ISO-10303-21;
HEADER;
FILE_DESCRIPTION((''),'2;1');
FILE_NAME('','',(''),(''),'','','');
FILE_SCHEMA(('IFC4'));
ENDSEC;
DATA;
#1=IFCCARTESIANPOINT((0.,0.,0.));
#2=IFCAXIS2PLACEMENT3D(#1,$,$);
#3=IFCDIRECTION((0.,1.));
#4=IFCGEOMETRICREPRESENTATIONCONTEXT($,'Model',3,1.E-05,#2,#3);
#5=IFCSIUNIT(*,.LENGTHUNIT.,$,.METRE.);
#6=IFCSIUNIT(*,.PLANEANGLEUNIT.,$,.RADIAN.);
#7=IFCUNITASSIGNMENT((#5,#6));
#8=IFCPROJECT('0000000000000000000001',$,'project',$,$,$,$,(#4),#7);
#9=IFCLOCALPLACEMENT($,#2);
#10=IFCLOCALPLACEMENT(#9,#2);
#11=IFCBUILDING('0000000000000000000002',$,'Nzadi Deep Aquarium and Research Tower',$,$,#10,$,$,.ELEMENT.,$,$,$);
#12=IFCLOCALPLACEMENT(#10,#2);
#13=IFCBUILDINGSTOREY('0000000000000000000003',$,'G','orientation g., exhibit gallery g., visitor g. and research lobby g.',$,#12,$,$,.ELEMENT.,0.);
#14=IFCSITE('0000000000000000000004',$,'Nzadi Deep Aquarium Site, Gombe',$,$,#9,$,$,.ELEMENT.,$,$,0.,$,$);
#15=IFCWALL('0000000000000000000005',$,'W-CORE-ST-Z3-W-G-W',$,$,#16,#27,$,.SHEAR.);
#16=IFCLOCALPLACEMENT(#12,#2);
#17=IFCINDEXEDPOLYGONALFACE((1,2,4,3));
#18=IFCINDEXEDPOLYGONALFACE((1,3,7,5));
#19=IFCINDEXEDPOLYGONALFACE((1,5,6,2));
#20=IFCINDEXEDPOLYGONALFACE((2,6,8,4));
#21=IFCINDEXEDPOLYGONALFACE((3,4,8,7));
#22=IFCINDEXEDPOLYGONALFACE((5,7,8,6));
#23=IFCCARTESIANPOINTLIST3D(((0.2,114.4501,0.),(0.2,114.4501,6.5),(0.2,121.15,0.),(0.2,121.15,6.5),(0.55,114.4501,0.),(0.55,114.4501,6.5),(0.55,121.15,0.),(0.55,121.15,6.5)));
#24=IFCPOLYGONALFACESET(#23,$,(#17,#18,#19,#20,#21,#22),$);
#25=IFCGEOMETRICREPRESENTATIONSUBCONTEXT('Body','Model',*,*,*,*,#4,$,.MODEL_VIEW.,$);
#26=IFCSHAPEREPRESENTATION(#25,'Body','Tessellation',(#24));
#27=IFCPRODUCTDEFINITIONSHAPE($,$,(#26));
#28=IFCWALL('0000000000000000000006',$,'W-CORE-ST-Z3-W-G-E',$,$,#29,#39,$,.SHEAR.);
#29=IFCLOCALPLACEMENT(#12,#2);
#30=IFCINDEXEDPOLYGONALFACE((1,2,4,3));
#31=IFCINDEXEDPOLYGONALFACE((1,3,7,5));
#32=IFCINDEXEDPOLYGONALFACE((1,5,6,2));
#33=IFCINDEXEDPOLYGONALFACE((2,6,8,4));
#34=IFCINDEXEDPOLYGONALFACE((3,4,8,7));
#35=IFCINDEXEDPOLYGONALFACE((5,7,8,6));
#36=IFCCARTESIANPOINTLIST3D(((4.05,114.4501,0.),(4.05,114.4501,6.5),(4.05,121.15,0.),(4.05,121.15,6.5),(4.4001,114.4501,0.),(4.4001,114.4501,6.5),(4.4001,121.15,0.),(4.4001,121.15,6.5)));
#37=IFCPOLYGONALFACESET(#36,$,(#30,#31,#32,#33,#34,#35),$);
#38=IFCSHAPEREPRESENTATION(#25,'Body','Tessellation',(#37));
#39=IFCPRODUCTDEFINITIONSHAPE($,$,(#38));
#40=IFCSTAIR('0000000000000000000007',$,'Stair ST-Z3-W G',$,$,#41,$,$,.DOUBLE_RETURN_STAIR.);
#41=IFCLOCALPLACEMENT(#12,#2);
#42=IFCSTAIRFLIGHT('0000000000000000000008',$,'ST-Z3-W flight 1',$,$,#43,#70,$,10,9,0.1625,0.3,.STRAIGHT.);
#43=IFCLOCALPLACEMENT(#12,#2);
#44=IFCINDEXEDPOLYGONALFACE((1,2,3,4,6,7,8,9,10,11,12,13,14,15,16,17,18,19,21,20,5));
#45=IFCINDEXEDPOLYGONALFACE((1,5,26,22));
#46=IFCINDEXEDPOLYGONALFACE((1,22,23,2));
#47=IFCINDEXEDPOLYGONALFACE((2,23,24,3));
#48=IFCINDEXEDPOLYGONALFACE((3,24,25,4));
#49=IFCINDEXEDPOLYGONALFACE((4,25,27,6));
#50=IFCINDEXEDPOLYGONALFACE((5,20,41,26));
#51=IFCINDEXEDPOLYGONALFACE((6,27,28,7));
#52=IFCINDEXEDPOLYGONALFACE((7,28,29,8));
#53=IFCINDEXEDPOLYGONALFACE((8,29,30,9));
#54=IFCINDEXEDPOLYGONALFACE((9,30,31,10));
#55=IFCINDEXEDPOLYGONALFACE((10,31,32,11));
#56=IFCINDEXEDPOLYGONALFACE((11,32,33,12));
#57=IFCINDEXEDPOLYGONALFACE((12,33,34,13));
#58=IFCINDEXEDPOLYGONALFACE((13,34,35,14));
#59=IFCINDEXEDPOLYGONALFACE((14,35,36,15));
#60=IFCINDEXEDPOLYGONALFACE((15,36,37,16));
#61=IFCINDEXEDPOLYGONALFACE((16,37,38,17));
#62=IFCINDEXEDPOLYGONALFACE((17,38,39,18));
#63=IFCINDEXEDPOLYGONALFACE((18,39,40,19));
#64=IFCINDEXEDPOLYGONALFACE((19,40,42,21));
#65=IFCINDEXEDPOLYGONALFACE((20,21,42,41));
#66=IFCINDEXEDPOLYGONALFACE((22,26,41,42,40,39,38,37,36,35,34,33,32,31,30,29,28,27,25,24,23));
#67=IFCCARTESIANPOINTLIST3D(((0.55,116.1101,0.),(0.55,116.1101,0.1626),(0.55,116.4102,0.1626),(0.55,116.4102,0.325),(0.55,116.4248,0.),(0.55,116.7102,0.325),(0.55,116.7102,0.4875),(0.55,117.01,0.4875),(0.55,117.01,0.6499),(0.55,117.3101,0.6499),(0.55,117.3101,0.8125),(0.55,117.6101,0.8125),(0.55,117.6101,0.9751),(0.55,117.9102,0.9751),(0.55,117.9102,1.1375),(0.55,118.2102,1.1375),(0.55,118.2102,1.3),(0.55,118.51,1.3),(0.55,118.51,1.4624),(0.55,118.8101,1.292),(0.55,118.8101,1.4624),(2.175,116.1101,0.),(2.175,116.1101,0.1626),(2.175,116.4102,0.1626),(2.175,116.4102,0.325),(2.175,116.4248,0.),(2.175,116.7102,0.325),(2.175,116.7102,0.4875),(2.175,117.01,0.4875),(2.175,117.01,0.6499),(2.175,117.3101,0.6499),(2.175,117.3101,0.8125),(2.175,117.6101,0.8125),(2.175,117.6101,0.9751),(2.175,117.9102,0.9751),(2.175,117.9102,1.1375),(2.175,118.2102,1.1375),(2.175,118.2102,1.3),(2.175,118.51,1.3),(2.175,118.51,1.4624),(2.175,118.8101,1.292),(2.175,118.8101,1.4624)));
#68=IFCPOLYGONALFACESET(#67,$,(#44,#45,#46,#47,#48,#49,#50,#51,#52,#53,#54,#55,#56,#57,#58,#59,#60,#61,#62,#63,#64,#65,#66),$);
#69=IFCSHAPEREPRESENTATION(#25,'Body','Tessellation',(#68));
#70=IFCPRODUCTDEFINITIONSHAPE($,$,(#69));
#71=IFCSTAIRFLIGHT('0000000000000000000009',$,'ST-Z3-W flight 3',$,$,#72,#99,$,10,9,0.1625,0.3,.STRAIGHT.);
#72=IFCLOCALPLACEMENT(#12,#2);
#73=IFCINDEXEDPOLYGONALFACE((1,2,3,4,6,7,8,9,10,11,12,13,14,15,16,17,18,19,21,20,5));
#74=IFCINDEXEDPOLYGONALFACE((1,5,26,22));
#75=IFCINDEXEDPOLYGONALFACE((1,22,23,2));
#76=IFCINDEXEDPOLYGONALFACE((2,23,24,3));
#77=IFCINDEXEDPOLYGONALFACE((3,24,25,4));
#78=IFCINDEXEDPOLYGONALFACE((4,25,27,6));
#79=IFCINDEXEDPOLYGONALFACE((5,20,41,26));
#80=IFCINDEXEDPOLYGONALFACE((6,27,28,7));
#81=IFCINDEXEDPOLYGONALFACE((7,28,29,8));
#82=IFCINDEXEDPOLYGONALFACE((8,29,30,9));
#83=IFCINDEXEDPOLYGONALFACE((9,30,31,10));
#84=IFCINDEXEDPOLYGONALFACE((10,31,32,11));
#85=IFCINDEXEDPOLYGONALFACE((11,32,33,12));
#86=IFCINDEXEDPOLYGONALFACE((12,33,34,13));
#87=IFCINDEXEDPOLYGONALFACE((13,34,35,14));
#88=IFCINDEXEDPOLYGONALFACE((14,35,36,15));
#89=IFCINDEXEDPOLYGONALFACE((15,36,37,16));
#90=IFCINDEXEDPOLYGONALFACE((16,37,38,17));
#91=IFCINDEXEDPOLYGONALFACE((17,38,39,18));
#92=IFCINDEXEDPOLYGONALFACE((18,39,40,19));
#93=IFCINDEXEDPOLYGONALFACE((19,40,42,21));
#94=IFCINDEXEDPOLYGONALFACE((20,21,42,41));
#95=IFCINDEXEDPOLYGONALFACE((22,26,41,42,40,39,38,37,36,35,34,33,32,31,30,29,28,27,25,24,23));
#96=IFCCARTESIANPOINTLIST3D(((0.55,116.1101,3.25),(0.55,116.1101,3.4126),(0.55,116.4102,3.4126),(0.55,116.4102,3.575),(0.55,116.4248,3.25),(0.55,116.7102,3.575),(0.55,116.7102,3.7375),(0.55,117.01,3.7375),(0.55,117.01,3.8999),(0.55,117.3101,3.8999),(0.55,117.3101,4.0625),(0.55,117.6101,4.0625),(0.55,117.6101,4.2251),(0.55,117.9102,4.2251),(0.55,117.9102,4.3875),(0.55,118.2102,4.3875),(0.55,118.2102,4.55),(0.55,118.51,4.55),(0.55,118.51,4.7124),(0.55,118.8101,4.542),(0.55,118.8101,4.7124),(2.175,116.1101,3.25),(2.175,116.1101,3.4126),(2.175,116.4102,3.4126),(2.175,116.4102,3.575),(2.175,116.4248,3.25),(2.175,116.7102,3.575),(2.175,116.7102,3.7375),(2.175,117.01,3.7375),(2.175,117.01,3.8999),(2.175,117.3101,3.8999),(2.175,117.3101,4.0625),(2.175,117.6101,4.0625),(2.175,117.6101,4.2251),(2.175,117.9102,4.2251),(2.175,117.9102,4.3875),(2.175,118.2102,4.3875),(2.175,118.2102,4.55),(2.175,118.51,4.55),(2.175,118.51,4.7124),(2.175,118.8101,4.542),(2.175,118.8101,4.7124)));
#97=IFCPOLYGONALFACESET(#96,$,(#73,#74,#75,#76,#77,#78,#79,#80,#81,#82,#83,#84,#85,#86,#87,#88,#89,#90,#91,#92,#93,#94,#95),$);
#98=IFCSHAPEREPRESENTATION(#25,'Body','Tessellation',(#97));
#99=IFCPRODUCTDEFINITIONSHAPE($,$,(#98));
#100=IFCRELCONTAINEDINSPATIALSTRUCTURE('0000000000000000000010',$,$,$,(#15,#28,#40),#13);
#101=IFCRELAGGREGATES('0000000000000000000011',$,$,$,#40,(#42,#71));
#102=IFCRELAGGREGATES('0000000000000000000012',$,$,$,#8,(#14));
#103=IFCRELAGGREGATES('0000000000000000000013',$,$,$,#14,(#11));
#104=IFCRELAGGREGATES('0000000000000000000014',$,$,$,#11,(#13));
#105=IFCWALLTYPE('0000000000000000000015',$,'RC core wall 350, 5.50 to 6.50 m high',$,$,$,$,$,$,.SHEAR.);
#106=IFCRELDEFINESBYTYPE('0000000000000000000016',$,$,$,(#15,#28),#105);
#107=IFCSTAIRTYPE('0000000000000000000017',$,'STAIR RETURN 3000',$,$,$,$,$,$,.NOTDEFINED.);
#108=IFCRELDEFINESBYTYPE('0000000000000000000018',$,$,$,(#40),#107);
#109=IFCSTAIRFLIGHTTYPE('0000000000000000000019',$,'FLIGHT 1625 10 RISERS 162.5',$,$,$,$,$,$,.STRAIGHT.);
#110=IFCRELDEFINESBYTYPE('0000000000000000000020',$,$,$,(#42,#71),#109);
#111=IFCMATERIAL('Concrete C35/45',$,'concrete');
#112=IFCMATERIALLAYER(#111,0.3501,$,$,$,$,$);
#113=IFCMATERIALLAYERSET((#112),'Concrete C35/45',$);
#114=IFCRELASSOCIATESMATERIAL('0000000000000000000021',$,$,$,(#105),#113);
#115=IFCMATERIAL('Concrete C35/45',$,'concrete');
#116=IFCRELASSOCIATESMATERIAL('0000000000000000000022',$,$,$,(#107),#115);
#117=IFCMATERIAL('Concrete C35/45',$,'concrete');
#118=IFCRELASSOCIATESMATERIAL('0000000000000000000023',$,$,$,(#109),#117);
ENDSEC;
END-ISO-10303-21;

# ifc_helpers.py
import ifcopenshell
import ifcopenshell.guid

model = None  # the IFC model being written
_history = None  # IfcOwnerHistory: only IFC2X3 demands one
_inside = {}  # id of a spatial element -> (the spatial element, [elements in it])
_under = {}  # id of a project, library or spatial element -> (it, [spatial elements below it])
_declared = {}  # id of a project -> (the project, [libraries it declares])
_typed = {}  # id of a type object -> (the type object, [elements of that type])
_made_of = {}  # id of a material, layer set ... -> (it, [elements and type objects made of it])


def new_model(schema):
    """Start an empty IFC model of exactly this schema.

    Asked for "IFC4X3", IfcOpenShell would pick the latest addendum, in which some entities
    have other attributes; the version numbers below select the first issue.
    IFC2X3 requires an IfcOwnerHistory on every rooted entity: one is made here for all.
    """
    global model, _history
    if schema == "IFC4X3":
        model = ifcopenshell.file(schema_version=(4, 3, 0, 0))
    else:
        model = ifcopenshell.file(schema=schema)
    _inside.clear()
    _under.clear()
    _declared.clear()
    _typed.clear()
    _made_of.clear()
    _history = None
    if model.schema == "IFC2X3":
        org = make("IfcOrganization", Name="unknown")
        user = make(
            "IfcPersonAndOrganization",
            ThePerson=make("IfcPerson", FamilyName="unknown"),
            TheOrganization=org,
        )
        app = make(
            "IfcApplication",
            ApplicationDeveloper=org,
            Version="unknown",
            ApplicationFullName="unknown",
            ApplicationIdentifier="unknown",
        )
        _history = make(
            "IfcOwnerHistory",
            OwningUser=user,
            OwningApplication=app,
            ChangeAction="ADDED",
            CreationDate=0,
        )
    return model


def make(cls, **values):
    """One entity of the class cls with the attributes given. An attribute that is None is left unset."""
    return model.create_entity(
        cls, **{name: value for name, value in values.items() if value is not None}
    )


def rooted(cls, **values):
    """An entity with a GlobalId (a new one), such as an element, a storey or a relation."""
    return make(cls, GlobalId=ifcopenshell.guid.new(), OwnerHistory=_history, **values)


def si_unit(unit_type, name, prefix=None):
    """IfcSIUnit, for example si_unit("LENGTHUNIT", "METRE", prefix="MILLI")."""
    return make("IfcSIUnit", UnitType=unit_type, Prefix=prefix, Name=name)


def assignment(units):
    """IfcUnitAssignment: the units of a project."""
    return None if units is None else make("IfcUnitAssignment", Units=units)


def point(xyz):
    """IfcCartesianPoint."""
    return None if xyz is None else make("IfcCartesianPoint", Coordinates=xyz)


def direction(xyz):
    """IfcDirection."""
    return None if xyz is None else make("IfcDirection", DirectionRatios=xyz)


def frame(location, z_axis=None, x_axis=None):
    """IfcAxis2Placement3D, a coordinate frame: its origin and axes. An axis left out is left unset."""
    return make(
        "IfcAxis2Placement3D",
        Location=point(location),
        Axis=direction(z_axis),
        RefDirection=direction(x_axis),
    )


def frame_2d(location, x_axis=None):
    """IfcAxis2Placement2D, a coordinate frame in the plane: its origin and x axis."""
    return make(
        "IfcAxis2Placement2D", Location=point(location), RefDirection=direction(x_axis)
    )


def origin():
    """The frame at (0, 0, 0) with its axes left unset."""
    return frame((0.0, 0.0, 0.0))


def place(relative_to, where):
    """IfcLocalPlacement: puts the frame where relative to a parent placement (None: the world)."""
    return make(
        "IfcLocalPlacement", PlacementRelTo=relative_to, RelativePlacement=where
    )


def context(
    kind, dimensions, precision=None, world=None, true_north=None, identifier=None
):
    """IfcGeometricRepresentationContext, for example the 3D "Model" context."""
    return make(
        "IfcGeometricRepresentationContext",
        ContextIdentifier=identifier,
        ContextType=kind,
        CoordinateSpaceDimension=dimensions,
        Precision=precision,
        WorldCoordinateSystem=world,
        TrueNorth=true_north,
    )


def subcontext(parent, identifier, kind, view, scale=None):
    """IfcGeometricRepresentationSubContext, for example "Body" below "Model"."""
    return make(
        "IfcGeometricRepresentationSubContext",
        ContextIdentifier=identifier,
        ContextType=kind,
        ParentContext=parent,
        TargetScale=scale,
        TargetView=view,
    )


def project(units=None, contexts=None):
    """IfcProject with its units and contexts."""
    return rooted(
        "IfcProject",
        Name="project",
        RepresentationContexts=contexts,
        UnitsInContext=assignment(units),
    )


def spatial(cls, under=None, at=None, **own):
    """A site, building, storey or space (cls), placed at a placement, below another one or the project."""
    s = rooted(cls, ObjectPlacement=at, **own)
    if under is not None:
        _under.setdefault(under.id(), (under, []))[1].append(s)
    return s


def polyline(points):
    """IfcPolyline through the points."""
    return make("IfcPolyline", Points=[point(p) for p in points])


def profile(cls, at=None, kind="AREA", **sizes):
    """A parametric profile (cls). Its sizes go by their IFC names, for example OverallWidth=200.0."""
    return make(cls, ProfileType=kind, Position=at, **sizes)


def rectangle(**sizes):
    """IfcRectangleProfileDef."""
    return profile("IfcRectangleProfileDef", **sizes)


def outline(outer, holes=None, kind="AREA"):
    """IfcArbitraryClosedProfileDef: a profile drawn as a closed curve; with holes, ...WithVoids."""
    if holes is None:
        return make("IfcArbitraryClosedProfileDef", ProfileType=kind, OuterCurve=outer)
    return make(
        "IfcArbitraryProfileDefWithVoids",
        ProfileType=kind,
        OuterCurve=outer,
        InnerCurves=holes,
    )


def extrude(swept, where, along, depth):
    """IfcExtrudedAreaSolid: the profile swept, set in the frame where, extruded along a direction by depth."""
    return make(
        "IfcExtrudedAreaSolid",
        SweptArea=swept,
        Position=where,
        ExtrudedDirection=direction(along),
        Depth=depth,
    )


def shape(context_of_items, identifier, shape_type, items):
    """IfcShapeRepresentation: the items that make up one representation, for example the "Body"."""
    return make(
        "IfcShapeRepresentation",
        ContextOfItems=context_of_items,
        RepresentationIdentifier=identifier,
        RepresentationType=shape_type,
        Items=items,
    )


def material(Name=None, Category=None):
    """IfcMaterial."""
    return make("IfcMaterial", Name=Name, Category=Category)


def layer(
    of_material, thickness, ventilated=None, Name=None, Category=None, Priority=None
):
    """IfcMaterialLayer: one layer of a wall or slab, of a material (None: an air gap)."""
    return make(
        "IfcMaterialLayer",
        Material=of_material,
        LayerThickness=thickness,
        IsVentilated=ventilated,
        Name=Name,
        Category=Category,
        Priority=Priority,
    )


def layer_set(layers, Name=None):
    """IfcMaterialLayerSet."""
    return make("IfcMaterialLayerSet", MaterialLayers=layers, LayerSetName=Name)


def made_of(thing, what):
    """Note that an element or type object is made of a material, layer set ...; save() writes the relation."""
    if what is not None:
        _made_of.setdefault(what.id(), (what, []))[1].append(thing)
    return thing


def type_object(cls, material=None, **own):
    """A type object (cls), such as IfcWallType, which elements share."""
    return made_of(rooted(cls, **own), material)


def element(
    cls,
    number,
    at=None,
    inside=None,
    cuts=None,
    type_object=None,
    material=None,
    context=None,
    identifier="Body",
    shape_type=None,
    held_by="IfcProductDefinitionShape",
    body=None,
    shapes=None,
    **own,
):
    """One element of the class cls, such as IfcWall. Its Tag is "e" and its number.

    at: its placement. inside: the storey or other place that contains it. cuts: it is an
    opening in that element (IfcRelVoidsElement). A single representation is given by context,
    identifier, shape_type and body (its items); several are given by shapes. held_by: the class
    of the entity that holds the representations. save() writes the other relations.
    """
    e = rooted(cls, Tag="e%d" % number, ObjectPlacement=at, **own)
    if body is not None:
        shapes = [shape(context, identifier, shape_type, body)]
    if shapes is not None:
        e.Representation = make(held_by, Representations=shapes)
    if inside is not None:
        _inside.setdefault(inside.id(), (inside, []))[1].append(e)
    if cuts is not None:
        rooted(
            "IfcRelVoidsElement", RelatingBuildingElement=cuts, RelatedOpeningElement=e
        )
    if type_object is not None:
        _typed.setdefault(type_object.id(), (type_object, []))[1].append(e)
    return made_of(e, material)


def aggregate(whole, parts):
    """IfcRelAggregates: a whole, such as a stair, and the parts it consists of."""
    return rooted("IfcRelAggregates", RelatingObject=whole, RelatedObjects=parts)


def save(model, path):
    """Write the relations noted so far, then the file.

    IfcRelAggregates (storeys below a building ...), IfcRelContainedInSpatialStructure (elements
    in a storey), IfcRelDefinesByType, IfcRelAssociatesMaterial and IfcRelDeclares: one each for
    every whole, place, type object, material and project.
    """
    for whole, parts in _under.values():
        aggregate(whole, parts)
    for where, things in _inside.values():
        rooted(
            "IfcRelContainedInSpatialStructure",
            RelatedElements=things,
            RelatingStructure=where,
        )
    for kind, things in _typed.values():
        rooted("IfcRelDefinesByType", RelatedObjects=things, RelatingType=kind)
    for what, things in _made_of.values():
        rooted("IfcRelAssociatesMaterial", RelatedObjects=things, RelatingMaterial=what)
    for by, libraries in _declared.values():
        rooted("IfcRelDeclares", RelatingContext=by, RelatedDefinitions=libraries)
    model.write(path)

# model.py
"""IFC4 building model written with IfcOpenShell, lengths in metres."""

from ifc_helpers import new_model, si_unit, direction, frame, frame_2d, origin, place, context, subcontext, project, spatial, polyline, rectangle, outline, extrude, material, layer, layer_set, type_object, element, aggregate, save


model = new_model("IFC4")

# Units and contexts
model_context = context("Model", 3, precision=1e-05, world=origin(), true_north=direction((0.0, 1.0)))
body_context = subcontext(model_context, "Body", "Model", "MODEL_VIEW")
ifc_project = project(units=[si_unit("LENGTHUNIT", "METRE"), si_unit("PLANEANGLEUNIT", "RADIAN")], contexts=[model_context])

# Site, building, storey
site_placement = place(None, origin())
site = spatial("IfcSite", under=ifc_project, at=site_placement, Name="Nzadi Deep Aquarium Site, Gombe", CompositionType="ELEMENT", RefElevation=0.0)
building_placement = place(site_placement, origin())
building = spatial("IfcBuilding", under=site, at=building_placement, Name="Nzadi Deep Aquarium and Research Tower", CompositionType="ELEMENT")
storey_placement = place(building_placement, origin())
storey = spatial("IfcBuildingStorey", under=building, at=storey_placement, Name="G", Description="orientation g., exhibit gallery g., visitor g. and research lobby g.", CompositionType="ELEMENT", Elevation=0.0)

# Shared definitions
ifc_material_1 = material(Name="Concrete C35/45", Category="concrete")
ifc_layer_1 = layer(ifc_material_1, 0.3501)
ifc_layer_set_1 = layer_set([ifc_layer_1], Name="Concrete C35/45")
wall_type_1 = type_object("IfcWallType", Name="RC core wall 350, 5.50 to 6.50 m high", PredefinedType="SHEAR", material=ifc_layer_set_1)

# Walls
for number, where, z_axis, x_axis, name in (
    (1, (0.375, 114.45, 0.0), (0.0, 0.0, 1.0), (0.0, 1.0, 0.0), "W-CORE-ST-Z3-W-G-W"),
    (2, (4.2251, 114.45, 0.0), (0.0, 0.0, 1.0), (0.0, 1.0, 0.0), "W-CORE-ST-Z3-W-G-E"),
):
    element("IfcWall", number, at=place(storey_placement, frame(where, z_axis=z_axis, x_axis=x_axis)), inside=storey, type_object=wall_type_1, Name=name, PredefinedType="SHEAR", context=body_context, shape_type="SweptSolid", body=[
        extrude(rectangle(XDim=6.7, YDim=0.3501, at=frame_2d((3.3501, 0.0))), origin(), (0.0, 0.0, 1.0), 6.5),
    ])

# Stair, stair flights
ifc_material_2 = material(Name="Concrete C35/45", Category="concrete")
stair_type = type_object("IfcStairType", Name="STAIR RETURN 3000", PredefinedType="NOTDEFINED", material=ifc_material_2)
stair_placement = place(storey_placement, origin())
stair = element("IfcStair", 3, at=stair_placement, inside=storey, type_object=stair_type, Name="Stair ST-Z3-W G", PredefinedType="DOUBLE_RETURN_STAIR")
ifc_material_3 = material(Name="Concrete C35/45", Category="concrete")
stair_flight_type = type_object("IfcStairFlightType", Name="FLIGHT 1625 10 RISERS 162.5", PredefinedType="STRAIGHT", material=ifc_material_3)
stair_flight_1_placement = place(storey_placement, frame((1.3625, 116.1101, 0.0), z_axis=(0.0, 0.0, 1.0), x_axis=(0.0, 1.0, 0.0)))
stair_flight_1 = element("IfcStairFlight", 4, at=stair_flight_1_placement, type_object=stair_flight_type, Name="ST-Z3-W flight 1", NumberOfRisers=10, NumberOfTreads=9, PredefinedType="STRAIGHT", RiserHeight=0.1625, TreadLength=0.3, context=body_context, shape_type="SweptSolid", body=[
    extrude(outline(polyline([(0.0, 0.0), (0.0, 0.1626), (0.3, 0.1626), (0.3, 0.325), (0.6001, 0.325), (0.6001, 0.4875), (0.8999, 0.4875), (0.8999, 0.6499), (1.2, 0.6499), (1.2, 0.8125), (1.5, 0.8125), (1.5, 0.9751), (1.8, 0.9751), (1.8, 1.1375), (2.1001, 1.1375), (2.1001, 1.3), (2.3999, 1.3), (2.3999, 1.4624), (2.7, 1.4624), (2.7, 1.625), (2.7, 1.292), (0.3147, 0.0), (0.0, 0.0)])), frame((0.0, 0.8125, 0.0), z_axis=(0.0, -1.0, 0.0), x_axis=(1.0, 0.0, 0.0)), (0.0, 0.0, 1.0), 1.625),
])
stair_flight_2_placement = place(storey_placement, frame((1.3625, 116.1101, 3.25), z_axis=(0.0, 0.0, 1.0), x_axis=(0.0, 1.0, 0.0)))
stair_flight_2 = element("IfcStairFlight", 5, at=stair_flight_2_placement, type_object=stair_flight_type, Name="ST-Z3-W flight 3", NumberOfRisers=10, NumberOfTreads=9, PredefinedType="STRAIGHT", RiserHeight=0.1625, TreadLength=0.3, context=body_context, shape_type="SweptSolid", body=[
    extrude(outline(polyline([(0.0, 0.0), (0.0, 0.1626), (0.3, 0.1626), (0.3, 0.325), (0.6001, 0.325), (0.6001, 0.4875), (0.8999, 0.4875), (0.8999, 0.6499), (1.2, 0.6499), (1.2, 0.8125), (1.5, 0.8125), (1.5, 0.9751), (1.8, 0.9751), (1.8, 1.1375), (2.1001, 1.1375), (2.1001, 1.3), (2.3999, 1.3), (2.3999, 1.4624), (2.7, 1.4624), (2.7, 1.625), (2.7, 1.292), (0.3147, 0.0), (0.0, 0.0)])), frame((0.0, 0.8125, 0.0), z_axis=(0.0, -1.0, 0.0), x_axis=(1.0, 0.0, 0.0)), (0.0, 0.0, 1.0), 1.625),
])
aggregate(stair, [stair_flight_1, stair_flight_2])

save(model, "model.ifc")
